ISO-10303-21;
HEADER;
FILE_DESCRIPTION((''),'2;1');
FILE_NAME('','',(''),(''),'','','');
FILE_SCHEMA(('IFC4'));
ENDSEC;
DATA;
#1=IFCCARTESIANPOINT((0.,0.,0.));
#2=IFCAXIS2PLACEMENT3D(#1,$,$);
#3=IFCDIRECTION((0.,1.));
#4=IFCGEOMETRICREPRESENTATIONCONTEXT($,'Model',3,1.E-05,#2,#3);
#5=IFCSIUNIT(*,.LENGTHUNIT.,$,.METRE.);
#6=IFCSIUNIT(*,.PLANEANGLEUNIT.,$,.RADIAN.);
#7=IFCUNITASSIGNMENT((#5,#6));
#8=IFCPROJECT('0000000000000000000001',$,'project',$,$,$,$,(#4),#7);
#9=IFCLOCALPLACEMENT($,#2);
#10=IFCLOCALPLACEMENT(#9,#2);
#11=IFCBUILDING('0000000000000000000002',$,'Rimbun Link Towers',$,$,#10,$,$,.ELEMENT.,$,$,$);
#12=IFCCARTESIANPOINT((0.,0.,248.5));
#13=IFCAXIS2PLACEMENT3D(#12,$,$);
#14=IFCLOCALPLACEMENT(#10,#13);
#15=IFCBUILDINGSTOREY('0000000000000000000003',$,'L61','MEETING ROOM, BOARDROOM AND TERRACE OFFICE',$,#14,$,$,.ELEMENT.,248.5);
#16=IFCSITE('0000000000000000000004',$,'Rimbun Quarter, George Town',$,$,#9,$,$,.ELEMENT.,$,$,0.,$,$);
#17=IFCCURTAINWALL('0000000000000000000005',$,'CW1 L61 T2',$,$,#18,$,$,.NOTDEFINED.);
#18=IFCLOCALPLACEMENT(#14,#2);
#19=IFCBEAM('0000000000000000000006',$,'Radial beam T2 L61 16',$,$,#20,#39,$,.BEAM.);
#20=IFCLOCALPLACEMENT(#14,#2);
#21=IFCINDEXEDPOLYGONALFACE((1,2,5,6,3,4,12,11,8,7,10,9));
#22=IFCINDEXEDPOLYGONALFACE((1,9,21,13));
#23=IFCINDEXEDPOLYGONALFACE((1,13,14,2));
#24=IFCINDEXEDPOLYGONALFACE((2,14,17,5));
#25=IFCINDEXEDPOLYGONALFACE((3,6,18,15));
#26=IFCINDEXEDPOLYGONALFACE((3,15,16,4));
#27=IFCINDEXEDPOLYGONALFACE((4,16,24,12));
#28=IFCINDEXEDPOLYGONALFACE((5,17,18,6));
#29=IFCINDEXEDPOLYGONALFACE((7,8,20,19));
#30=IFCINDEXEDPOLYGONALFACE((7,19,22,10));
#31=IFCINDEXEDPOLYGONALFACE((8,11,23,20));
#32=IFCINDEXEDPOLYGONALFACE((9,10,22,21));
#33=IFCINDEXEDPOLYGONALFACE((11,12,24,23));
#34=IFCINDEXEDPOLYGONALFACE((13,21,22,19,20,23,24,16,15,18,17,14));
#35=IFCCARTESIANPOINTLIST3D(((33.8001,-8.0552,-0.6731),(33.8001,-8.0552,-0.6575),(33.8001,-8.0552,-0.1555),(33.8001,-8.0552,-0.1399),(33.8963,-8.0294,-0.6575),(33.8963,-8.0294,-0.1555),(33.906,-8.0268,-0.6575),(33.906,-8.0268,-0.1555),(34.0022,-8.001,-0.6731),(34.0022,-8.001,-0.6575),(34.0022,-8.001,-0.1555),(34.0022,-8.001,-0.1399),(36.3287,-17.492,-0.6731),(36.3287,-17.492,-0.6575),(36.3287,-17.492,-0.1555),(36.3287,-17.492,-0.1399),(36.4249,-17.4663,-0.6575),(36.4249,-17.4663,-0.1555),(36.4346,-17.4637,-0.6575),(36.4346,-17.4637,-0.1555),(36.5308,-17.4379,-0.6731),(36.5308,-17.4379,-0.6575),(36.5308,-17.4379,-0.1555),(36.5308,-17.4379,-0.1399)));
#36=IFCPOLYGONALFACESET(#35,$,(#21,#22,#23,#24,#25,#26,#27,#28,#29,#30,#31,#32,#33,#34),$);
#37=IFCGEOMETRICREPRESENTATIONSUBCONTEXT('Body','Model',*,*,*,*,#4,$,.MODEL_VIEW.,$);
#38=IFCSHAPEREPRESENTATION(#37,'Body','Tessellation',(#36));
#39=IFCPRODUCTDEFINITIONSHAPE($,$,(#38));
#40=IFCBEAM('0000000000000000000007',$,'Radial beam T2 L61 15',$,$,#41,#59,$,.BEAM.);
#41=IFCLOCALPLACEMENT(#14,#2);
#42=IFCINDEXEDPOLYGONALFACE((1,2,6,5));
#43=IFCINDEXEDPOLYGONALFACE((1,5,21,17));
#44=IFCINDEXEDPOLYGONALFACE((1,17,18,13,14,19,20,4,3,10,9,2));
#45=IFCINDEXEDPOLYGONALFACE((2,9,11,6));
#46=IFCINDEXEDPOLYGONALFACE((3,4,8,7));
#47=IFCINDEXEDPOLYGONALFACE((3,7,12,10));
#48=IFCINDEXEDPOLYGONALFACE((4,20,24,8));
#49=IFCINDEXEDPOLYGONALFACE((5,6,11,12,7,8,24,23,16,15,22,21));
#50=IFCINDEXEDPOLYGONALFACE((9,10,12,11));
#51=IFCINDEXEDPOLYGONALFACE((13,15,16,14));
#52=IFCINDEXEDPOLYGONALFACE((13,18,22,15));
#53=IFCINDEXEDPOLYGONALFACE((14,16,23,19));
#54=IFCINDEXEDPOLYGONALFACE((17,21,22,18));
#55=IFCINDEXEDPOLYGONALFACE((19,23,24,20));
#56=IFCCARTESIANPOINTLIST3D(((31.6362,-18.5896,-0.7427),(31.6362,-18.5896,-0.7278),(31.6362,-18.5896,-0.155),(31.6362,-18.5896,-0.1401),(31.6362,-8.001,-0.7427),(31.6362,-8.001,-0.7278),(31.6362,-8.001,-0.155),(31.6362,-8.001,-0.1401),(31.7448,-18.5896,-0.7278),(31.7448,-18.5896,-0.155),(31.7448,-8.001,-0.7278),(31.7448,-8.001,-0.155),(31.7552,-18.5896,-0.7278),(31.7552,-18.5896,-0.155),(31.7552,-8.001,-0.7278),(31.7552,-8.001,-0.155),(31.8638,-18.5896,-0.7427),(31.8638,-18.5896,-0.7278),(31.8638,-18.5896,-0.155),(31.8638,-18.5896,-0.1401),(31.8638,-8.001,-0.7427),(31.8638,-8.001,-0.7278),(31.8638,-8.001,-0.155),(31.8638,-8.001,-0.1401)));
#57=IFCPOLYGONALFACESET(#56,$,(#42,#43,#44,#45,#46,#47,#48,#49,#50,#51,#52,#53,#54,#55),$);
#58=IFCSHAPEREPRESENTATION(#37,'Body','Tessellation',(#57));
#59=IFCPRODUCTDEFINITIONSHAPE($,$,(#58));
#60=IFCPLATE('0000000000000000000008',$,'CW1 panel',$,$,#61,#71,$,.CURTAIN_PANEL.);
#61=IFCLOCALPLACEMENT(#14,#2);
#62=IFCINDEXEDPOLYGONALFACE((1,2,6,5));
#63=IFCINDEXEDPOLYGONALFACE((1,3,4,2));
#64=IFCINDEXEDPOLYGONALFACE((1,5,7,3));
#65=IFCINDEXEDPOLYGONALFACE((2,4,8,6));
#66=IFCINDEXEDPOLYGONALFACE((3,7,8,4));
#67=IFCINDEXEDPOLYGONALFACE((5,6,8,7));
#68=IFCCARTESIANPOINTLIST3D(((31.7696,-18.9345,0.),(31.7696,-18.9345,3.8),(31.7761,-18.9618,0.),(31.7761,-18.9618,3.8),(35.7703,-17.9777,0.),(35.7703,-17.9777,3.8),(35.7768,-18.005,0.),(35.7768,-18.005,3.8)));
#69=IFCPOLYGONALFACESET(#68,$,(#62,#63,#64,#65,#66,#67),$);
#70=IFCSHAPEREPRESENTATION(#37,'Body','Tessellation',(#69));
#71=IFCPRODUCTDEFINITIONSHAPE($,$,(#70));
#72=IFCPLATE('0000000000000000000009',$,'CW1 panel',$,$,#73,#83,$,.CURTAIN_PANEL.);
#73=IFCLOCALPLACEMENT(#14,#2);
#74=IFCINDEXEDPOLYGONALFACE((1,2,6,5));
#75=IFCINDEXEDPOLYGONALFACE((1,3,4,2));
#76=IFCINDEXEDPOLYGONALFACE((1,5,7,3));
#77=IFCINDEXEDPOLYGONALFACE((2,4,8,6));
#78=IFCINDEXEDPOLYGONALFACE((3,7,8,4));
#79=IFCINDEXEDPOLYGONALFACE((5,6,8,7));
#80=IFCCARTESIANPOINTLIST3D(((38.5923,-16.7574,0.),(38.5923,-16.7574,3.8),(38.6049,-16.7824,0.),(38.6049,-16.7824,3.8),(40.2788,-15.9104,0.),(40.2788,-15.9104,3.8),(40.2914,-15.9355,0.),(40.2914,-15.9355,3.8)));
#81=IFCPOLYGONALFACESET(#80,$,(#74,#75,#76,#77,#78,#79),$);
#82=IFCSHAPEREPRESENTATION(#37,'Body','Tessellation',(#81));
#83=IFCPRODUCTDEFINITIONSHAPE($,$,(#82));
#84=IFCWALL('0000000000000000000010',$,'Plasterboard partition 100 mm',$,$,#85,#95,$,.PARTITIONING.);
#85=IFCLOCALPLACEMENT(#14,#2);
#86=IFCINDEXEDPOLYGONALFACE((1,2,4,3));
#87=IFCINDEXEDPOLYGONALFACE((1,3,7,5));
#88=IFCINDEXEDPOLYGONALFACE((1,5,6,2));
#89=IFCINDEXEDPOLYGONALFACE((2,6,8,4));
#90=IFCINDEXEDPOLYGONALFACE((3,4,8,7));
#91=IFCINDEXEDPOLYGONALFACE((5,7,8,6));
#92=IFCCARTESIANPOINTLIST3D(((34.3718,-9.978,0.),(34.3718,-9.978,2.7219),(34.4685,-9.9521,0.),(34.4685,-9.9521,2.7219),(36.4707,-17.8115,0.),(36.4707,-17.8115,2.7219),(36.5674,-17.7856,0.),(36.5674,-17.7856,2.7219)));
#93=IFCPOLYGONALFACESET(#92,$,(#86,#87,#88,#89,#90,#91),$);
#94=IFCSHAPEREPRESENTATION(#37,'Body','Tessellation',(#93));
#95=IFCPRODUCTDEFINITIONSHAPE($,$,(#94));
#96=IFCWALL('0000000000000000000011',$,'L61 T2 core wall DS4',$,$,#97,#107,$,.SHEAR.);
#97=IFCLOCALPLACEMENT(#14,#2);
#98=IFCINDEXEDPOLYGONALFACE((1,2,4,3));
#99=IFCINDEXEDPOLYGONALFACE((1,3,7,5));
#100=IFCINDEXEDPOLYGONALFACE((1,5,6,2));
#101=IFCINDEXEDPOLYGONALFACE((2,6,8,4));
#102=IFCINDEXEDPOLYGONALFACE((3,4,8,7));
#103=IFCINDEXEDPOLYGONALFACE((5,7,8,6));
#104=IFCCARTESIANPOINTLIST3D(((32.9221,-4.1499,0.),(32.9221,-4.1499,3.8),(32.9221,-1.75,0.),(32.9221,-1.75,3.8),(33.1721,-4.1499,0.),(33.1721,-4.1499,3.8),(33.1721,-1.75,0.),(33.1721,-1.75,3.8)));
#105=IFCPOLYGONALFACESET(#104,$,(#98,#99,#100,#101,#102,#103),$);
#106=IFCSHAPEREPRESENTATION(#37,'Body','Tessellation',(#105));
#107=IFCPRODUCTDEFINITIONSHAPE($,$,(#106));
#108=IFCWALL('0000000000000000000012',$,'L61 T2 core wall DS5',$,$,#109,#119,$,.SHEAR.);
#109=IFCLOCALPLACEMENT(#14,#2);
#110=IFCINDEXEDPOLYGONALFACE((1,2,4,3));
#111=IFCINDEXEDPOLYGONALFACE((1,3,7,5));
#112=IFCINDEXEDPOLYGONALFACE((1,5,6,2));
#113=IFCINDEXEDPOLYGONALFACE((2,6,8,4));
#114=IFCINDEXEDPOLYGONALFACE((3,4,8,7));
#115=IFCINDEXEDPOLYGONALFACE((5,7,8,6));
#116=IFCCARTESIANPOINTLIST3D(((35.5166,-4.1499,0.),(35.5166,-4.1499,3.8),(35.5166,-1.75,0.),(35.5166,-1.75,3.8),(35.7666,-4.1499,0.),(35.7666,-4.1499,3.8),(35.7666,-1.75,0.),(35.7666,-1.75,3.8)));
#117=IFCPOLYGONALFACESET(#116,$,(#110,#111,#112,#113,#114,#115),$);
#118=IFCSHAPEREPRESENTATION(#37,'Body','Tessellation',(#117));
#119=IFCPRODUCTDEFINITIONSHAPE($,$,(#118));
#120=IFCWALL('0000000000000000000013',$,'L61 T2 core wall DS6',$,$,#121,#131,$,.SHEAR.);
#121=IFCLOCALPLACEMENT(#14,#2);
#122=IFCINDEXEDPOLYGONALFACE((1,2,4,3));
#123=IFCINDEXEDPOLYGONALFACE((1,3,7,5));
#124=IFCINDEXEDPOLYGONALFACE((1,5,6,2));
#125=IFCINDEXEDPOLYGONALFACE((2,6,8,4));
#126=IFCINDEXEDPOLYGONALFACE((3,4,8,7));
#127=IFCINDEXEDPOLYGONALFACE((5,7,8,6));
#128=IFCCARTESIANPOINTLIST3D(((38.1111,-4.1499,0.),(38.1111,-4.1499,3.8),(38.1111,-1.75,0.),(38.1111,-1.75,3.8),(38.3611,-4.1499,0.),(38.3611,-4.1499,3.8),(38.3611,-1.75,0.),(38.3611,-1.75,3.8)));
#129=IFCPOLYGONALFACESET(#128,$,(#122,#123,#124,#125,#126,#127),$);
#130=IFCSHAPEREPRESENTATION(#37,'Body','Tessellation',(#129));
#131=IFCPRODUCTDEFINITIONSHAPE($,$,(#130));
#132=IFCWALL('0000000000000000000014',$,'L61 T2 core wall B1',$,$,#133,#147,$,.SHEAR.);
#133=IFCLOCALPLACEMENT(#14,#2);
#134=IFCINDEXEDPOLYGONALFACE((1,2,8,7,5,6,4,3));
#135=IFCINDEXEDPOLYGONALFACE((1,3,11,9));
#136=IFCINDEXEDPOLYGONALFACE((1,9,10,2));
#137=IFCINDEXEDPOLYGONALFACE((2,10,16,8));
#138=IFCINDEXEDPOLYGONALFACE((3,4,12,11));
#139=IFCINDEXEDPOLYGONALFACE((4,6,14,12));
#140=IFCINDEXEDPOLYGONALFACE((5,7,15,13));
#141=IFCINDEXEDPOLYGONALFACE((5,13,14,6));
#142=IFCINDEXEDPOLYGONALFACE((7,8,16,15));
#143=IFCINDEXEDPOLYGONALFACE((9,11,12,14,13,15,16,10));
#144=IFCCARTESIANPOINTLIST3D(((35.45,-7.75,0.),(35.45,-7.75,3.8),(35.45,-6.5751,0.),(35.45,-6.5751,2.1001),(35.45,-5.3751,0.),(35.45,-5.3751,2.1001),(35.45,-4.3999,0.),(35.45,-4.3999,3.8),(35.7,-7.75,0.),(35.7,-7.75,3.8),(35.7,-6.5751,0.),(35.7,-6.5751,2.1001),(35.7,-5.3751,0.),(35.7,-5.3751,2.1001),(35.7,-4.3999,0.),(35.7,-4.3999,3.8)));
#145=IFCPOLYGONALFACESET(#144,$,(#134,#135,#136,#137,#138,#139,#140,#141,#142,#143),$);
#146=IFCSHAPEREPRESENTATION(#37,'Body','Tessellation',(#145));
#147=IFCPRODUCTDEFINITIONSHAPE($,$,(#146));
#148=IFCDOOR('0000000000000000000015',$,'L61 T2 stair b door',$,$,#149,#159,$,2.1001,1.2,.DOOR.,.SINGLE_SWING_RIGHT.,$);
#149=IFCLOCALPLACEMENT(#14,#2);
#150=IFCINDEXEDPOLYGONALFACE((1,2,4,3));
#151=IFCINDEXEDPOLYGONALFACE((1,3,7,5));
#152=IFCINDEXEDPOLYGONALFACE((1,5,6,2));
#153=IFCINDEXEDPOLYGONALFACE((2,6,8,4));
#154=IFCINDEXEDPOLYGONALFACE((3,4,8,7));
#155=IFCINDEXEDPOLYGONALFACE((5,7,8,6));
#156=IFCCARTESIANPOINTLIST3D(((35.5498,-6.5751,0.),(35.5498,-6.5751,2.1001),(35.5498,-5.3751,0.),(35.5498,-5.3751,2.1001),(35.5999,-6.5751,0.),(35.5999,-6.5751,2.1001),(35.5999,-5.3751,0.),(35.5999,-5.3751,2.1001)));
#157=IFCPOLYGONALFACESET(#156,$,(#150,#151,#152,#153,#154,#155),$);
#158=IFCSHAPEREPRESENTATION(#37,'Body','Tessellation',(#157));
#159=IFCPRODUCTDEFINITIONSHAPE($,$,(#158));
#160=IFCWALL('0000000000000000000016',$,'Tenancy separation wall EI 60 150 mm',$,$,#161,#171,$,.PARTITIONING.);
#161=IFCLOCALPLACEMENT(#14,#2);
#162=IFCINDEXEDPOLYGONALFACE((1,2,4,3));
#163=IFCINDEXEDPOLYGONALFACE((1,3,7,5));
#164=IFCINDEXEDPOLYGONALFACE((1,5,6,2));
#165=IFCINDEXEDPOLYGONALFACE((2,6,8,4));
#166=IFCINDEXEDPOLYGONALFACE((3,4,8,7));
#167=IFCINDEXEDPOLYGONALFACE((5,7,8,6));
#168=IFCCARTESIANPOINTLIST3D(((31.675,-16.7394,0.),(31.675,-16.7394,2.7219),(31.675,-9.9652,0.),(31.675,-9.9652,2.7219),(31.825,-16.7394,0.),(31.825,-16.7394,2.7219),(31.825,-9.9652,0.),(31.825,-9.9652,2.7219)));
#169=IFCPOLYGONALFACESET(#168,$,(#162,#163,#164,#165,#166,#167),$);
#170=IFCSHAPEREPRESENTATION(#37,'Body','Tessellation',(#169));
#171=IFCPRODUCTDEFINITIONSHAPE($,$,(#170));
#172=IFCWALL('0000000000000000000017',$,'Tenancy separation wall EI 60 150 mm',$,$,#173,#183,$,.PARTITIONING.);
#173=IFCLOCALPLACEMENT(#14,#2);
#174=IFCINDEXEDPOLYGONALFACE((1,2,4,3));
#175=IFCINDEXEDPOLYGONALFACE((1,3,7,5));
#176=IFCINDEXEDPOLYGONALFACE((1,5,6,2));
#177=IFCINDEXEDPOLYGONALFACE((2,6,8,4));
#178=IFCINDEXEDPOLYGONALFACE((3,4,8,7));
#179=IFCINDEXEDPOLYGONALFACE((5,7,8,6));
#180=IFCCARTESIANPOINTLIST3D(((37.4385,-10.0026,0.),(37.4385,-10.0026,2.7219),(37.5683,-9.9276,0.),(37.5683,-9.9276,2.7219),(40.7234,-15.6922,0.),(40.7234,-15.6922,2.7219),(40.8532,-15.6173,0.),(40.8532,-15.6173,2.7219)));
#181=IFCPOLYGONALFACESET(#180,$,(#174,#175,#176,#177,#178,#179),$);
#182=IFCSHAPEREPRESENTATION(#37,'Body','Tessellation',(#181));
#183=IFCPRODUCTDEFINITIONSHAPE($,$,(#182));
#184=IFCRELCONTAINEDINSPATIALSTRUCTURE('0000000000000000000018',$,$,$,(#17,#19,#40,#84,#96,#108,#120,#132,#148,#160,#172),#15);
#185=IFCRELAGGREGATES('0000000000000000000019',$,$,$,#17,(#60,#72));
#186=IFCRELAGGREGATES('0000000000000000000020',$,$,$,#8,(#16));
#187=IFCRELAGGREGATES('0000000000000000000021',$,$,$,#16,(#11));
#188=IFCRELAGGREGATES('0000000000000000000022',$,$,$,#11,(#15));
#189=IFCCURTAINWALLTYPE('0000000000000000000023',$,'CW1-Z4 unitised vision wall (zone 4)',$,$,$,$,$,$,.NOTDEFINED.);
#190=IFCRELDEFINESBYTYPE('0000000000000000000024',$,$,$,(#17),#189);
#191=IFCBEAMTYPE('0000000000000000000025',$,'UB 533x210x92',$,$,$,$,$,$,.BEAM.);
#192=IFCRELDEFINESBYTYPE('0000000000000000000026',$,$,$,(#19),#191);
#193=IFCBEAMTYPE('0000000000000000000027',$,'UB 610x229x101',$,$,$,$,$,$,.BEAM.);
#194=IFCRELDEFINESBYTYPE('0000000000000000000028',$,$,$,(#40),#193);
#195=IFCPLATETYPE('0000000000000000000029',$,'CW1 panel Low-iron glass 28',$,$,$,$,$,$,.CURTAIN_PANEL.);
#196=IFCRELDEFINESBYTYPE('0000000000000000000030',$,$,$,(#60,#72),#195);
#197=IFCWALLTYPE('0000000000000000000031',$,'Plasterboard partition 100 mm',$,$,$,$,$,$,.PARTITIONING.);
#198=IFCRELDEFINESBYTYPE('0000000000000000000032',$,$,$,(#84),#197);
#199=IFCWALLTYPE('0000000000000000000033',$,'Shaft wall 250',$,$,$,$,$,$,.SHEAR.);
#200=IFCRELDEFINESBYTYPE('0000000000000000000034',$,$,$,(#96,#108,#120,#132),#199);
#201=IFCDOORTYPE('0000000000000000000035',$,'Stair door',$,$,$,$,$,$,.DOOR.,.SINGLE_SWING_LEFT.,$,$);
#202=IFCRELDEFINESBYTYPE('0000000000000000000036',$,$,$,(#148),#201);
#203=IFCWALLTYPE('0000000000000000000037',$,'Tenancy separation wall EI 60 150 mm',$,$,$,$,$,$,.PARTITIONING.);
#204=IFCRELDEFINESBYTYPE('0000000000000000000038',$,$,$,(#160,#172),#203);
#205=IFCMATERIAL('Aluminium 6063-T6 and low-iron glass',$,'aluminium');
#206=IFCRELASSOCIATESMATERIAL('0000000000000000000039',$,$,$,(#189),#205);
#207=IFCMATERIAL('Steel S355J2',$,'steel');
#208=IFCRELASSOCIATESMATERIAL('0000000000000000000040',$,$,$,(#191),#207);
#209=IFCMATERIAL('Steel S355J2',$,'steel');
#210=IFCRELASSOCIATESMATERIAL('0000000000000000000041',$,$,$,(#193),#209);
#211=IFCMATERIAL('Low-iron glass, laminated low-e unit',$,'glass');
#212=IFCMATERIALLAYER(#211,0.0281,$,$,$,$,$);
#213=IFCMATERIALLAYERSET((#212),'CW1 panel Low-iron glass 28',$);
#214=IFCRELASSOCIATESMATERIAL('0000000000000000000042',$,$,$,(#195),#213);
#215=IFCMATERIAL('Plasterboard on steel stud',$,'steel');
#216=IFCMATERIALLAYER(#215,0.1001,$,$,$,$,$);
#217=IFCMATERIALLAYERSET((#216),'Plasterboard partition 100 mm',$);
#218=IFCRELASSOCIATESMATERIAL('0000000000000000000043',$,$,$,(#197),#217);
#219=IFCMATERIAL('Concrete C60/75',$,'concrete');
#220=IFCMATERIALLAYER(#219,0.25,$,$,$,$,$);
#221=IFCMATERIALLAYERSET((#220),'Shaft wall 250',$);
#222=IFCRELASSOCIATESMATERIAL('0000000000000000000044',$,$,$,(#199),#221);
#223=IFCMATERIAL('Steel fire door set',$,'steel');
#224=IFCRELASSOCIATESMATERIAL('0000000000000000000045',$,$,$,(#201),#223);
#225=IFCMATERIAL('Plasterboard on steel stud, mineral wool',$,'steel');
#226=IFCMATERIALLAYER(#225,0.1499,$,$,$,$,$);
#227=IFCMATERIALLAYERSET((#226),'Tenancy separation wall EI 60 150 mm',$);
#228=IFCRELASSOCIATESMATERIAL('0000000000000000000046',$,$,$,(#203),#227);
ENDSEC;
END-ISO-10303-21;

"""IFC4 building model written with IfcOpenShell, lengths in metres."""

from ifc_helpers import new_model, si_unit, direction, frame, frame_2d, origin, origin_2d, place, context, subcontext, project, spatial, rectangle, i_section, extrude, material, layer, layer_set, material_profile, profile_set, type_object, element, fill, aggregate, save


model = new_model("IFC4")

# Units and contexts
model_context = context("Model", 3, precision=1e-05, world=origin(), true_north=direction((0.0, 1.0)))
body_context = subcontext(model_context, "Body", "Model", "MODEL_VIEW")
ifc_project = project(units=[si_unit("LENGTHUNIT", "METRE"), si_unit("PLANEANGLEUNIT", "RADIAN")], contexts=[model_context])

# Site, building, storey
site_placement = place(None, origin())
site = spatial("IfcSite", under=ifc_project, at=site_placement, Name="Rimbun Quarter, George Town", CompositionType="ELEMENT", RefElevation=0.0)
building_placement = place(site_placement, origin())
building = spatial("IfcBuilding", under=site, at=building_placement, Name="Rimbun Link Towers", CompositionType="ELEMENT")
storey_placement = place(building_placement, frame((0.0, 0.0, 248.5)))
storey = spatial("IfcBuildingStorey", under=building, at=storey_placement, Name="L61", Description="MEETING ROOM, BOARDROOM AND TERRACE OFFICE", CompositionType="ELEMENT", Elevation=248.5)

# Curtain wall
ifc_material_1 = material(Name="Aluminium 6063-T6 and low-iron glass", Category="aluminium")
curtain_wall_type = type_object("IfcCurtainWallType", Name="CW1-Z4 unitised vision wall (zone 4)", PredefinedType="NOTDEFINED", material=ifc_material_1)
curtain_wall_placement = place(storey_placement, origin())
curtain_wall = element("IfcCurtainWall", 1, at=curtain_wall_placement, inside=storey, type_object=curtain_wall_type, Name="CW1 L61 T2", PredefinedType="NOTDEFINED")

# Beams
ifc_material_2 = material(Name="Steel S355J2", Category="steel")
ifc_material_profile_1 = material_profile(ifc_material_2, i_section(OverallWidth=0.2092, OverallDepth=0.5332, WebThickness=0.01, FlangeThickness=0.0156, at=origin_2d()), Name="UB 533x210x92")
ifc_profile_set_1 = profile_set([ifc_material_profile_1], Name="Steel S355J2")
beam_type_1 = type_object("IfcBeamType", Name="UB 533x210x92", PredefinedType="BEAM", material=ifc_profile_set_1)
beam_1_placement = place(storey_placement, frame((33.9011, -8.0281, -0.4065), z_axis=(0.258818, -0.965926, 0.0), x_axis=(0.965926, 0.258818, 0.0)))
element("IfcBeam", 2, at=beam_1_placement, inside=storey, type_object=beam_type_1, Name="Radial beam T2 L61 16", PredefinedType="BEAM", context=body_context, shape_type="SweptSolid", body=[
    extrude(i_section(OverallWidth=0.2092, OverallDepth=0.5332, WebThickness=0.01, FlangeThickness=0.0156, at=origin_2d()), origin(), (0.0, 0.0, 1.0), 9.7698),
])
ifc_material_3 = material(Name="Steel S355J2", Category="steel")
ifc_material_profile_2 = material_profile(ifc_material_3, i_section(OverallWidth=0.2275, OverallDepth=0.6025, WebThickness=0.0105, FlangeThickness=0.0149, at=origin_2d()), Name="UB 610x229x101")
ifc_profile_set_2 = profile_set([ifc_material_profile_2], Name="Steel S355J2")
beam_type_2 = type_object("IfcBeamType", Name="UB 610x229x101", PredefinedType="BEAM", material=ifc_profile_set_2)
beam_2_placement = place(storey_placement, frame((31.75, -8.001, -0.4414), z_axis=(0.0, -1.0, 0.0), x_axis=(1.0, 0.0, 0.0)))
element("IfcBeam", 3, at=beam_2_placement, inside=storey, type_object=beam_type_2, Name="Radial beam T2 L61 15", PredefinedType="BEAM", context=body_context, shape_type="SweptSolid", body=[
    extrude(i_section(OverallWidth=0.2275, OverallDepth=0.6025, WebThickness=0.0105, FlangeThickness=0.0149, at=origin_2d()), origin(), (0.0, 0.0, 1.0), 10.5886),
])

# Plates
ifc_material_4 = material(Name="Low-iron glass, laminated low-e unit", Category="glass")
ifc_layer_1 = layer(ifc_material_4, 0.0281)
ifc_layer_set_1 = layer_set([ifc_layer_1], Name="CW1 panel Low-iron glass 28")
plate_type = type_object("IfcPlateType", Name="CW1 panel Low-iron glass 28", PredefinedType="CURTAIN_PANEL", material=ifc_layer_set_1)
plate_1_placement = place(storey_placement, frame((33.7732, -18.4697, 0.0), z_axis=(0.0, 0.0, 1.0), x_axis=(-0.972571, -0.232605, 0.0)))
plate_1 = element("IfcPlate", 4, at=plate_1_placement, type_object=plate_type, Name="CW1 panel", PredefinedType="CURTAIN_PANEL", context=body_context, shape_type="SweptSolid", body=[
    extrude(rectangle(XDim=4.1135, YDim=0.0281, at=origin_2d()), origin(), (0.0, 0.0, 1.0), 3.8),
])
plate_2_placement = place(storey_placement, frame((39.4419, -16.3464, 0.0), z_axis=(0.0, 0.0, 1.0), x_axis=(-0.893647, -0.44877, 0.0)))
plate_2 = element("IfcPlate", 5, at=plate_2_placement, type_object=plate_type, Name="CW1 panel", PredefinedType="CURTAIN_PANEL", context=body_context, shape_type="SweptSolid", body=[
    extrude(rectangle(XDim=1.8872, YDim=0.0281, at=origin_2d()), origin(), (0.0, 0.0, 1.0), 3.8),
])
aggregate(curtain_wall, [plate_1, plate_2])

# Walls
ifc_material_5 = material(Name="Plasterboard on steel stud", Category="steel")
ifc_layer_2 = layer(ifc_material_5, 0.1001)
ifc_layer_set_2 = layer_set([ifc_layer_2], Name="Plasterboard partition 100 mm")
wall_type_1 = type_object("IfcWallType", Name="Plasterboard partition 100 mm", PredefinedType="PARTITIONING", material=ifc_layer_set_2)
wall_1_placement = place(storey_placement, frame((36.519, -17.7986, 0.0), z_axis=(0.0, 0.0, 1.0), x_axis=(-0.258807, 0.965929, 0.0)))
element("IfcWall", 6, at=wall_1_placement, inside=storey, type_object=wall_type_1, Name="Plasterboard partition 100 mm", PredefinedType="PARTITIONING", context=body_context, shape_type="SweptSolid", body=[
    extrude(rectangle(XDim=8.1099, YDim=0.1001, at=frame_2d((4.0549, 0.0))), origin(), (0.0, 0.0, 1.0), 2.7219),
])
ifc_material_6 = material(Name="Concrete C60/75", Category="concrete")
ifc_layer_3 = layer(ifc_material_6, 0.25)
ifc_layer_set_3 = layer_set([ifc_layer_3], Name="Shaft wall 250")
wall_type_2 = type_object("IfcWallType", Name="Shaft wall 250", PredefinedType="SHEAR", material=ifc_layer_set_3)
for number, where, z_axis, x_axis, name in (
    (7, (33.0471, -4.1499, 0.0), (0.0, 0.0, 1.0), (0.0, 1.0, 0.0), "L61 T2 core wall DS4"),
    (8, (35.6416, -4.1499, 0.0), (0.0, 0.0, 1.0), (0.0, 1.0, 0.0), "L61 T2 core wall DS5"),
    (9, (38.2361, -4.1499, 0.0), (0.0, 0.0, 1.0), (0.0, 1.0, 0.0), "L61 T2 core wall DS6"),
):
    element("IfcWall", number, at=place(storey_placement, frame(where, z_axis=z_axis, x_axis=x_axis)), inside=storey, type_object=wall_type_2, Name=name, PredefinedType="SHEAR", context=body_context, shape_type="SweptSolid", body=[
        extrude(rectangle(XDim=2.3999, YDim=0.25, at=frame_2d((1.2, 0.0))), origin(), (0.0, 0.0, 1.0), 3.8),
    ])

# Wall, opening, door
wall_2_placement = place(storey_placement, frame((35.575, -4.3999, 0.0), z_axis=(0.0, 0.0, 1.0), x_axis=(0.0, -1.0, 0.0)))
wall_2 = element("IfcWall", 10, at=wall_2_placement, inside=storey, type_object=wall_type_2, Name="L61 T2 core wall B1", PredefinedType="SHEAR", context=body_context, shape_type="SweptSolid", body=[
    extrude(rectangle(XDim=3.3501, YDim=0.25, at=frame_2d((1.675, 0.0))), origin(), (0.0, 0.0, 1.0), 3.8),
])
opening_placement = place(wall_2_placement, frame((0.9751, 0.0, 0.0)))
opening = element("IfcOpeningElement", 11, at=opening_placement, cuts=wall_2, PredefinedType="OPENING", context=body_context, shape_type="SweptSolid", body=[
    extrude(rectangle(XDim=1.2, YDim=2.1001, at=frame_2d((0.6001, 1.05))), frame((0.0, 0.135, 0.0), z_axis=(0.0, -1.0, 0.0), x_axis=(1.0, 0.0, 0.0)), (0.0, 0.0, 1.0), 0.27),
])
ifc_material_7 = material(Name="Steel fire door set", Category="steel")
door_type = type_object("IfcDoorType", Name="Stair door", OperationType="SINGLE_SWING_LEFT", PredefinedType="DOOR", material=ifc_material_7)
door_placement = place(opening_placement, origin())
door = element("IfcDoor", 12, at=door_placement, inside=storey, type_object=door_type, Name="L61 T2 stair b door", OperationType="SINGLE_SWING_RIGHT", OverallHeight=2.1001, OverallWidth=1.2, PredefinedType="DOOR", context=body_context, shape_type="SweptSolid", body=[
    extrude(rectangle(XDim=1.2, YDim=2.1001, at=frame_2d((0.6001, 1.05))), frame((0.0, 0.0249, 0.0), z_axis=(0.0, -1.0, 0.0), x_axis=(1.0, 0.0, 0.0)), (0.0, 0.0, 1.0), 0.05),
])
fill(opening, door)

# Walls
ifc_material_8 = material(Name="Plasterboard on steel stud, mineral wool", Category="steel")
ifc_layer_4 = layer(ifc_material_8, 0.1499)
ifc_layer_set_4 = layer_set([ifc_layer_4], Name="Tenancy separation wall EI 60 150 mm")
wall_type_3 = type_object("IfcWallType", Name="Tenancy separation wall EI 60 150 mm", PredefinedType="PARTITIONING", material=ifc_layer_set_4)
wall_3_placement = place(storey_placement, frame((31.75, -9.9651, 0.0), z_axis=(0.0, 0.0, 1.0), x_axis=(0.0, -1.0, 0.0)))
element("IfcWall", 13, at=wall_3_placement, inside=storey, type_object=wall_type_3, Name="Tenancy separation wall EI 60 150 mm", PredefinedType="PARTITIONING", context=body_context, shape_type="SweptSolid", body=[
    extrude(rectangle(XDim=6.7742, YDim=0.1499, at=frame_2d((3.3872, 0.0))), origin(), (0.0, 0.0, 1.0), 2.7219),
])
wall_4_placement = place(storey_placement, frame((37.5034, -9.9651, 0.0), z_axis=(0.0, 0.0, 1.0), x_axis=(0.499996, -0.866028, 0.0)))
element("IfcWall", 14, at=wall_4_placement, inside=storey, type_object=wall_type_3, Name="Tenancy separation wall EI 60 150 mm", PredefinedType="PARTITIONING", context=body_context, shape_type="SweptSolid", body=[
    extrude(rectangle(XDim=6.5698, YDim=0.1499, at=frame_2d((3.2849, 0.0))), origin(), (0.0, 0.0, 1.0), 2.7219),
])

save(model, "model.ifc")
